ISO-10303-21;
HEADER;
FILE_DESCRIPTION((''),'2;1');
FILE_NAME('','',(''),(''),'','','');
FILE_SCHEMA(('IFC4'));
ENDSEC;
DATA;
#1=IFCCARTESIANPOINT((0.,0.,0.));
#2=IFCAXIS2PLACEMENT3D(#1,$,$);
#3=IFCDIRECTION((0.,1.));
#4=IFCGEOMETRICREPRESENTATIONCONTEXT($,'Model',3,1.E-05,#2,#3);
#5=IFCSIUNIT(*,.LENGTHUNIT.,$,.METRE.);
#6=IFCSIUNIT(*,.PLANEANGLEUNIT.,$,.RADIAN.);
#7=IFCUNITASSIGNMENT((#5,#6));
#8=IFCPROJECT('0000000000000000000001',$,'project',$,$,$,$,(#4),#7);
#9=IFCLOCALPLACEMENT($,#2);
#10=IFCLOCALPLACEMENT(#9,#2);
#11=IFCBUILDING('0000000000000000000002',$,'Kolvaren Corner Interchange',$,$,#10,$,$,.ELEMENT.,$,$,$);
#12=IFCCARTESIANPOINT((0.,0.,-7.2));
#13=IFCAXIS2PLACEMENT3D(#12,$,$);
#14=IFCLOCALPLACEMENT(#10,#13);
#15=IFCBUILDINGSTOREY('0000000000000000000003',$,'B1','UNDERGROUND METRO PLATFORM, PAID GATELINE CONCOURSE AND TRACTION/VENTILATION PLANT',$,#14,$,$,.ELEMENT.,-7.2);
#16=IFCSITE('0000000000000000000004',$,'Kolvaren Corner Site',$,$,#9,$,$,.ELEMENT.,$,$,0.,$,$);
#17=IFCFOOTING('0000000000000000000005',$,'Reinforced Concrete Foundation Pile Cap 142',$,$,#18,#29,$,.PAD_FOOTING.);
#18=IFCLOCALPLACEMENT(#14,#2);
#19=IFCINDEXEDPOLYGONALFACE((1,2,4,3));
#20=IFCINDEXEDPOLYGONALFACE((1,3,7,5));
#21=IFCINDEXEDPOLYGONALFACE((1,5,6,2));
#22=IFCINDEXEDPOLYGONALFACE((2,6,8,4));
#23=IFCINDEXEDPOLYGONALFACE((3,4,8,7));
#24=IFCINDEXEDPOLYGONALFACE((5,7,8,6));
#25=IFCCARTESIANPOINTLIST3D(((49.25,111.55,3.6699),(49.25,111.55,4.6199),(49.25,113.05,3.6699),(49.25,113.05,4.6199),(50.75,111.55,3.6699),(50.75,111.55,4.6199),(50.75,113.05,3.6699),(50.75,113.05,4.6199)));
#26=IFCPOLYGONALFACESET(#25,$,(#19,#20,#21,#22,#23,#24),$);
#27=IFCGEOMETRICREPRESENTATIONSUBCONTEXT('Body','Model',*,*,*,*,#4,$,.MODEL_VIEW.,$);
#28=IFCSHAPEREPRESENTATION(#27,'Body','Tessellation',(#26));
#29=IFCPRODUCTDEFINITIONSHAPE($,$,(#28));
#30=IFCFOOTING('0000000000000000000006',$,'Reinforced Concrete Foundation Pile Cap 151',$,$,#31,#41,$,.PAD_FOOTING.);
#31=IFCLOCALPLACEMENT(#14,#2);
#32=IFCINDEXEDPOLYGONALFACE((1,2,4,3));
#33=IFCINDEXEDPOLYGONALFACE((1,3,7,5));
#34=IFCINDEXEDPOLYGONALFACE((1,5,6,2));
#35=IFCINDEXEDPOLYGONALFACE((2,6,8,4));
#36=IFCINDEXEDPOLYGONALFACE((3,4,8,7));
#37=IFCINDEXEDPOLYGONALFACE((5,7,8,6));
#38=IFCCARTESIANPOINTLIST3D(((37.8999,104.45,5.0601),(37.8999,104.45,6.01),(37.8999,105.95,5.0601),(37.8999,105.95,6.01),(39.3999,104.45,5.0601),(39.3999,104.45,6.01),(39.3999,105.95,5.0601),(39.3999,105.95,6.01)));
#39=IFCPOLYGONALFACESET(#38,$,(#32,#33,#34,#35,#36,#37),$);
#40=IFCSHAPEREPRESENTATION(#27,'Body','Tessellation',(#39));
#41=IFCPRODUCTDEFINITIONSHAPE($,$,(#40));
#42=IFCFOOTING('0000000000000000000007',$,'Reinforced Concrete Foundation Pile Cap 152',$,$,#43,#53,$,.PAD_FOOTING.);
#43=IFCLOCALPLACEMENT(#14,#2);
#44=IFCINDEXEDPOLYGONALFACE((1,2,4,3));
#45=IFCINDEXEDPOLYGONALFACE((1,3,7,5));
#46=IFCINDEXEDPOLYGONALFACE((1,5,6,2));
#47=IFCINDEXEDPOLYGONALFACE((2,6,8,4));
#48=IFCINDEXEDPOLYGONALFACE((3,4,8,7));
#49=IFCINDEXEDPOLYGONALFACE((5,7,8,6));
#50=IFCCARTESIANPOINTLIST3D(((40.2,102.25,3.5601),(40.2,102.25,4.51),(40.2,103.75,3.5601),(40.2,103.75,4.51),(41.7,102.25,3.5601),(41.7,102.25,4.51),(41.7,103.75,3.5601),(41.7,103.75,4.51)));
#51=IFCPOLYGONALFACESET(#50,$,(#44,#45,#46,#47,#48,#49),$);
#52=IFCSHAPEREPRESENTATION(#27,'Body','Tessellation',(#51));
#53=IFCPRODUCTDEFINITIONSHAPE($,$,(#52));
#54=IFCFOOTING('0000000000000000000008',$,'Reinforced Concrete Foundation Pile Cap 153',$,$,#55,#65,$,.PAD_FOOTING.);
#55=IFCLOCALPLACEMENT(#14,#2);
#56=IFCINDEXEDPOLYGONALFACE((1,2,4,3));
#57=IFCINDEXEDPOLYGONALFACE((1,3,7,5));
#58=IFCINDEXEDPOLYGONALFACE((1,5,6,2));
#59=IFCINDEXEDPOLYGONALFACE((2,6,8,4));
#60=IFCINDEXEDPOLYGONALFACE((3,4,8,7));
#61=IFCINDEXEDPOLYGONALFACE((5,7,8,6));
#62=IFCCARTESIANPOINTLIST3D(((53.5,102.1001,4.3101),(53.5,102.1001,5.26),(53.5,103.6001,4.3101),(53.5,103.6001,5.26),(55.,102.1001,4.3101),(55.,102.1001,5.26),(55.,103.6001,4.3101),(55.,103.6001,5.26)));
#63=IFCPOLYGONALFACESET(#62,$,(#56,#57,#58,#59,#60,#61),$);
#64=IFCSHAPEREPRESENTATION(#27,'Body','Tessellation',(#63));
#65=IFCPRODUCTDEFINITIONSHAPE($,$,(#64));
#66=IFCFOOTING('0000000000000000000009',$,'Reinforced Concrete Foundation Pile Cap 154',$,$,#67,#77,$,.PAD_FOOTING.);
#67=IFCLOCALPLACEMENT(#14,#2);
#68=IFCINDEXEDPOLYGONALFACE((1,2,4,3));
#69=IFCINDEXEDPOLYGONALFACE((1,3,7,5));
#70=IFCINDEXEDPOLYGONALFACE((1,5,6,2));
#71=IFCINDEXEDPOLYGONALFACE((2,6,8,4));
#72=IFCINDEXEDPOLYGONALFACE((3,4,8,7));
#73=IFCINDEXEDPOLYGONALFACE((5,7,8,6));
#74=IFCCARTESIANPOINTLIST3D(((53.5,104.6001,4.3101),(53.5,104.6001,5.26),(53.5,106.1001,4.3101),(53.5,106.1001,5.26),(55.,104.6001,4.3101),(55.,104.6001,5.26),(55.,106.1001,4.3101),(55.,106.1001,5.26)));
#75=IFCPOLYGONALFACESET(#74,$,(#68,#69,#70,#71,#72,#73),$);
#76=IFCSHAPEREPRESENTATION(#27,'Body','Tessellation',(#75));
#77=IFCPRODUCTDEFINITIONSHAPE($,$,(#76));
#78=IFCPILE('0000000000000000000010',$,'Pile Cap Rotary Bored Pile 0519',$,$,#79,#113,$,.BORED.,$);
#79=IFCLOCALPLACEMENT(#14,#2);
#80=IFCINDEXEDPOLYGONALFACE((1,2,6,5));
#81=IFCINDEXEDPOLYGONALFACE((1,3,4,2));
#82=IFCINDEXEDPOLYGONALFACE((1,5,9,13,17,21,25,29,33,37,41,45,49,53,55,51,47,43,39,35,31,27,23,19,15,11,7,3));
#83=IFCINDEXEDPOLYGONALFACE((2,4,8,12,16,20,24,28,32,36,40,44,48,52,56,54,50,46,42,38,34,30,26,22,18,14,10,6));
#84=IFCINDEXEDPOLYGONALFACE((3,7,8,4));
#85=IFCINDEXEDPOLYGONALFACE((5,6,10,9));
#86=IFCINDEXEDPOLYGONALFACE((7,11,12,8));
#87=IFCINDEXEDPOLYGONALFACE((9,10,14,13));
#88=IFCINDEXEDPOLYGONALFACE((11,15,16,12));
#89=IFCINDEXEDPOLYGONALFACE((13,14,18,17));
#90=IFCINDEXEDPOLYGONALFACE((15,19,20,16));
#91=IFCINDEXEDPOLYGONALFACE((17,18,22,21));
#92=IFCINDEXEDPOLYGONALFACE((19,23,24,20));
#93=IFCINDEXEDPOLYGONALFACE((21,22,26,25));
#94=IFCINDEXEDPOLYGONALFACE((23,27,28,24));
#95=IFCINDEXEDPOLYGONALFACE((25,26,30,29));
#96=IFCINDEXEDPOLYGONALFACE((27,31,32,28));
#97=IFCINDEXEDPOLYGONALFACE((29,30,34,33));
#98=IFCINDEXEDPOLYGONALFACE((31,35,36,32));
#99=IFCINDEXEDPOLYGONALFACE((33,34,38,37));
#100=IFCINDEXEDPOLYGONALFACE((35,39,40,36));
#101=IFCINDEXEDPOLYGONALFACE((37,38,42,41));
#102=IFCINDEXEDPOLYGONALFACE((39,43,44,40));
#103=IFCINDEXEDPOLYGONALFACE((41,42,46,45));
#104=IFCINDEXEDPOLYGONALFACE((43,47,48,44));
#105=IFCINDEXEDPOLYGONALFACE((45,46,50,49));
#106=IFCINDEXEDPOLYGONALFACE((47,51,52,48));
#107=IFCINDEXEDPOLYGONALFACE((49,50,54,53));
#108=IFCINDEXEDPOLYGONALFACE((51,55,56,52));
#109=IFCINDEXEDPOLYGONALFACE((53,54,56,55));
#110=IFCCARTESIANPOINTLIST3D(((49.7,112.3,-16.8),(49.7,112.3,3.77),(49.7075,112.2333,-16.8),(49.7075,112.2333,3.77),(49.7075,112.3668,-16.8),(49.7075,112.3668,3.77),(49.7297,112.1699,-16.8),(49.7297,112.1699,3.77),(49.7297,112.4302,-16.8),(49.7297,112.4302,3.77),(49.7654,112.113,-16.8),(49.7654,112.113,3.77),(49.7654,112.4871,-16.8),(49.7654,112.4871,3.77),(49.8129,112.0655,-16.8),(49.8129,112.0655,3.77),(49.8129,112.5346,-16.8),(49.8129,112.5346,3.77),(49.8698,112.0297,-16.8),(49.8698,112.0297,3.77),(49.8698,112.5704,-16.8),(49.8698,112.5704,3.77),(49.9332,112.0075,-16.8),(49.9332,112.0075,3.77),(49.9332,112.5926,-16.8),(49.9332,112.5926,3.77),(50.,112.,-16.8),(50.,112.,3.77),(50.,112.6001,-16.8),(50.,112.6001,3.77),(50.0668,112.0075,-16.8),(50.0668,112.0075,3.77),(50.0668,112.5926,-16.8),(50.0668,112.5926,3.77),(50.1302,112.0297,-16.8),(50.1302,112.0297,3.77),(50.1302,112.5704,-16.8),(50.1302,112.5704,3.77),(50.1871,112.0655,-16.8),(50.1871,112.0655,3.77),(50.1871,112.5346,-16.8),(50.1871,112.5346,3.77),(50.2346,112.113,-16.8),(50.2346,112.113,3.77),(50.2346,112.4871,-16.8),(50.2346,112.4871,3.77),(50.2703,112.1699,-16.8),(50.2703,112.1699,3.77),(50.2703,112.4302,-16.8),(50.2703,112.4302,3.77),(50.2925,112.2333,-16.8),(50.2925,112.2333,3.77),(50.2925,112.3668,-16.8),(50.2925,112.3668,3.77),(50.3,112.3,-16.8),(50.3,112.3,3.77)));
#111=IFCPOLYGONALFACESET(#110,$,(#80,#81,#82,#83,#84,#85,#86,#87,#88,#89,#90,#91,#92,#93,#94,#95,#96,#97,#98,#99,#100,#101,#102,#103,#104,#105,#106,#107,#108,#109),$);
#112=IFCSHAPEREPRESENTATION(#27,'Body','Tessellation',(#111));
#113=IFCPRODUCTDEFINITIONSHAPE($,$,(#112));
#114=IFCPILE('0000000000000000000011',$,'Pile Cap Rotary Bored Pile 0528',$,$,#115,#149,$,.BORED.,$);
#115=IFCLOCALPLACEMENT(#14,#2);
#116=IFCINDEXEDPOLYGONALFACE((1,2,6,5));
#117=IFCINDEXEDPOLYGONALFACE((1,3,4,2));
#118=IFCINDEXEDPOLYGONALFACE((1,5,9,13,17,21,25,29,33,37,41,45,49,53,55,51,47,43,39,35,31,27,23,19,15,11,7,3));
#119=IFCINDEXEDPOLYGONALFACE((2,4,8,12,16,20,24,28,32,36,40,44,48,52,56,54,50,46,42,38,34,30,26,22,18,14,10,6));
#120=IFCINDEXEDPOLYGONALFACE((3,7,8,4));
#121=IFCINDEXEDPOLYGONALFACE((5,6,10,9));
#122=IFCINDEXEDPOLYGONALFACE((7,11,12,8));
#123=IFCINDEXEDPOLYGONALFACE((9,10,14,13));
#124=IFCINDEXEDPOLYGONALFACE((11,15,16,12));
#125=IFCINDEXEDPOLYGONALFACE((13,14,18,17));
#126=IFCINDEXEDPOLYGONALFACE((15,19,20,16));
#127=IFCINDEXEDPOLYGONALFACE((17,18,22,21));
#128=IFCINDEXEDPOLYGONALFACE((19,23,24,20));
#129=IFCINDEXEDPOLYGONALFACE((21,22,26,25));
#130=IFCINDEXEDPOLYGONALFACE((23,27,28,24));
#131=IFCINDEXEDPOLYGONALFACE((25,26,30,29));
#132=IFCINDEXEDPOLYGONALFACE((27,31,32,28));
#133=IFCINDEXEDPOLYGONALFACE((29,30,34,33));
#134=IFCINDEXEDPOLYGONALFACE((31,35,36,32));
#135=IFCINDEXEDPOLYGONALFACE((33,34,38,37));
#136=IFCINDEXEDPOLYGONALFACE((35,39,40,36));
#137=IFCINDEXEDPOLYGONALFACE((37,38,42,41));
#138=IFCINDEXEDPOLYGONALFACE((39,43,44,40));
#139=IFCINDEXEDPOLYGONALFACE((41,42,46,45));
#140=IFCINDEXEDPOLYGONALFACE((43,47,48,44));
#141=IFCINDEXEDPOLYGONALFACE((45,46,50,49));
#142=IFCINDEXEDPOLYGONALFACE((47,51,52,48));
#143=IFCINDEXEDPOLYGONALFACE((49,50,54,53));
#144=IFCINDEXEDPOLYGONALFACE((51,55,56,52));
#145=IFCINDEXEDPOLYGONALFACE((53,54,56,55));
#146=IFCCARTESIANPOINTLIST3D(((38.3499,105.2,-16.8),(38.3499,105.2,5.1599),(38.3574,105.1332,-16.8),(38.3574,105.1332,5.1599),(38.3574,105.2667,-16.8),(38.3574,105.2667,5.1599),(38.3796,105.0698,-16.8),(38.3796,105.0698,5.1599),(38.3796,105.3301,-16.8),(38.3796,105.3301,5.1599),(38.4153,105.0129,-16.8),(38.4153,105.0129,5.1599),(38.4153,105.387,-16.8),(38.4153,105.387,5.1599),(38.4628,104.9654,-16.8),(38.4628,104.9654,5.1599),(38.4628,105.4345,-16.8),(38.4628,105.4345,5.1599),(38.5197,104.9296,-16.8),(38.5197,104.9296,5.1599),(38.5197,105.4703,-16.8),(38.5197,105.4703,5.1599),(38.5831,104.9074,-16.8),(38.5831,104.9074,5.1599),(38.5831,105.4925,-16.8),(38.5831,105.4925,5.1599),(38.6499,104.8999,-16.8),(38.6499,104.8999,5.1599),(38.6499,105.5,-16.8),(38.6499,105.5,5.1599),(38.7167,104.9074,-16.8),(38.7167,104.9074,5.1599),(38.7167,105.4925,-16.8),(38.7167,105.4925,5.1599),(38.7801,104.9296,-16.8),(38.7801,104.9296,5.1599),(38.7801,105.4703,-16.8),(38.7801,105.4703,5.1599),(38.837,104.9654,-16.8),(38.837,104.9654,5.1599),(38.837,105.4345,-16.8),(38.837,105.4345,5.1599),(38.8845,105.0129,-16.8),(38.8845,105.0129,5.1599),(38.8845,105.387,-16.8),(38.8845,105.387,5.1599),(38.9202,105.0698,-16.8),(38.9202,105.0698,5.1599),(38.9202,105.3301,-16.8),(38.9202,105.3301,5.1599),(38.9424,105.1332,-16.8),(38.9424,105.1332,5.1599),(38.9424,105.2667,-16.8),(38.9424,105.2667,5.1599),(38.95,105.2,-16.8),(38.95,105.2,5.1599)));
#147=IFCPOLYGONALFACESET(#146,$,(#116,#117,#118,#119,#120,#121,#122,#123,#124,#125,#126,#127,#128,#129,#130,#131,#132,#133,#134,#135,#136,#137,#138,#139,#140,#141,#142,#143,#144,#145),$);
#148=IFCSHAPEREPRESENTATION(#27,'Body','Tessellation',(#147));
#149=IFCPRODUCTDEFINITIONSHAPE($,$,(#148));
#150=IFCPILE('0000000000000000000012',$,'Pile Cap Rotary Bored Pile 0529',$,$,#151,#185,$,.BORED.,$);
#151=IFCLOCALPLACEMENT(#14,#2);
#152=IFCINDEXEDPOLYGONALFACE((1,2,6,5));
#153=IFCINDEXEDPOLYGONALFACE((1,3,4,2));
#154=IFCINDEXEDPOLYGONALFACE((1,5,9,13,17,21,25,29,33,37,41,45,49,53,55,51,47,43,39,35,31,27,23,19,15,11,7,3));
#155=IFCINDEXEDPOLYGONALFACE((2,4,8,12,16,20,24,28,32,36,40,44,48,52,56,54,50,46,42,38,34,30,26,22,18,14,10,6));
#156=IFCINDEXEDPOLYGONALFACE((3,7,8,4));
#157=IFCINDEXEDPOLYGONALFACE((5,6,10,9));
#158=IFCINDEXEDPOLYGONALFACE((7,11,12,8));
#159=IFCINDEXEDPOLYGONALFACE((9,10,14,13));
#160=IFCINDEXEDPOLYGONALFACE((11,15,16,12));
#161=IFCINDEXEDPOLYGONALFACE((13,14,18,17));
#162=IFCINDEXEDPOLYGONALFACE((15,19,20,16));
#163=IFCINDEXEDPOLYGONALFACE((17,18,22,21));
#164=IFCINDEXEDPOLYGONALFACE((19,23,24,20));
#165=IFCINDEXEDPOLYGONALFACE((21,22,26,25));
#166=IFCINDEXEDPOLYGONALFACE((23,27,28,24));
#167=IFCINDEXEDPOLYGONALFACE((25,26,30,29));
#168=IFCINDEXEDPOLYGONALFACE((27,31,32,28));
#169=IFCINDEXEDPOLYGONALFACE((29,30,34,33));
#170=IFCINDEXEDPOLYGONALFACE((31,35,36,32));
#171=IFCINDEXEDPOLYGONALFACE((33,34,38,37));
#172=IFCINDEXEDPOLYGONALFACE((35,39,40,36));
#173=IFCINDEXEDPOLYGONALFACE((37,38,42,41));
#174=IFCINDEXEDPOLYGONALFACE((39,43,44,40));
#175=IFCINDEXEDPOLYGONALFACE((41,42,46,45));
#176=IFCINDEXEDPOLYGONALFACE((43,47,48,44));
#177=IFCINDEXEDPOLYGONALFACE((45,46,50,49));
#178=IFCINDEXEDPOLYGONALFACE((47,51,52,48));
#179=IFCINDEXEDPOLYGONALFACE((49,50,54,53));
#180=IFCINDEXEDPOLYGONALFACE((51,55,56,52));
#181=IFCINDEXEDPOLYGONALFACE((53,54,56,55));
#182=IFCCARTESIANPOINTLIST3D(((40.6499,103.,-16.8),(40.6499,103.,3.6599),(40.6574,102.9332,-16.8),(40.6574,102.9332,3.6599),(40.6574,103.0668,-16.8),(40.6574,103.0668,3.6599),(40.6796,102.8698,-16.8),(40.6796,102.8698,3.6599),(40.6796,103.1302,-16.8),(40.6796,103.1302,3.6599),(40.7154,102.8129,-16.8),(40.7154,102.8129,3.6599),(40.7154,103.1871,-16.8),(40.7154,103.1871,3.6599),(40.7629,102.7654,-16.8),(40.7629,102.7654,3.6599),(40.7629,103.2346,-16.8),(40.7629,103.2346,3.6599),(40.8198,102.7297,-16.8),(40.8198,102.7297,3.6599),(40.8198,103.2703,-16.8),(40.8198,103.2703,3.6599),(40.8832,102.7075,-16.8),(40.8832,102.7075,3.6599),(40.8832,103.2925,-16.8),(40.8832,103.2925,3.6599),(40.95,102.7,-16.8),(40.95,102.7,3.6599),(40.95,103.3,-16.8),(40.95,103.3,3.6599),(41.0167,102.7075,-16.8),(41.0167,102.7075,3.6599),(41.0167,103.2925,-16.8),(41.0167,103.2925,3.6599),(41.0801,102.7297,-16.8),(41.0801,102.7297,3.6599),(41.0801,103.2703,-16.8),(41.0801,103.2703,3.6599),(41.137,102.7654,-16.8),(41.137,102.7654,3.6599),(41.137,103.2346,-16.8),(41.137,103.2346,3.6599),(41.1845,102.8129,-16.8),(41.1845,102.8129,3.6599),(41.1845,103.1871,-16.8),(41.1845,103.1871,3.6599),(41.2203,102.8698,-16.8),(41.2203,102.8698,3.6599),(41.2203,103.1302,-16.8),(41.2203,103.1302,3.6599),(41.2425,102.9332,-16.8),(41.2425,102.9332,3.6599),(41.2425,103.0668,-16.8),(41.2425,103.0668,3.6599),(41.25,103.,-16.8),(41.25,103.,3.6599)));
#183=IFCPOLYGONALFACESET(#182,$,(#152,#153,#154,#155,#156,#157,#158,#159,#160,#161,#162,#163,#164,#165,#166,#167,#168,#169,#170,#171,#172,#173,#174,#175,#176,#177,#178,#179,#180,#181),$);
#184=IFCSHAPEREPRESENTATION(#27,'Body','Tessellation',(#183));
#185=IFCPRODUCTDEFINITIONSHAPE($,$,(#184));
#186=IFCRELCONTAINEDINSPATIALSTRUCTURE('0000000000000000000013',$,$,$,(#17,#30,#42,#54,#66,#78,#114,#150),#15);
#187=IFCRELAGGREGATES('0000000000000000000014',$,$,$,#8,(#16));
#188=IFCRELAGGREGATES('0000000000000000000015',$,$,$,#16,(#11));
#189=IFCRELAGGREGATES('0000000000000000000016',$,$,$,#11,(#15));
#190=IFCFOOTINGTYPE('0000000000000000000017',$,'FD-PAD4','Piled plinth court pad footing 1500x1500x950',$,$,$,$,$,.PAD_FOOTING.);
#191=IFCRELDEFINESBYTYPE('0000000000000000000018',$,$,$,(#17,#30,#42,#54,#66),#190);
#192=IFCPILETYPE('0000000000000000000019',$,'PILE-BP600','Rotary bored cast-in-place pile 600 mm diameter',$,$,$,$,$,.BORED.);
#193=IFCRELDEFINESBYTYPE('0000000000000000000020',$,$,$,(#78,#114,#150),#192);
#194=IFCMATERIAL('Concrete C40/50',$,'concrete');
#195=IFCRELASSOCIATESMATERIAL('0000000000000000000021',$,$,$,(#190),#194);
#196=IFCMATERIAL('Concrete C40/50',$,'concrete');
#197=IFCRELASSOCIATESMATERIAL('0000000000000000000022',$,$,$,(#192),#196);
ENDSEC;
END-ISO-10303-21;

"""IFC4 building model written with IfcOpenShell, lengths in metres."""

from ifc_helpers import new_model, si_unit, direction, frame, origin, origin_2d, place, context, subcontext, project, spatial, rectangle, circle, extrude, material, material_profile, profile_set, type_object, element, save


model = new_model("IFC4")

# Units and contexts
model_context = context("Model", 3, precision=1e-05, world=origin(), true_north=direction((0.0, 1.0)))
body_context = subcontext(model_context, "Body", "Model", "MODEL_VIEW")
ifc_project = project(units=[si_unit("LENGTHUNIT", "METRE"), si_unit("PLANEANGLEUNIT", "RADIAN")], contexts=[model_context])

# Site, building, storey
site_placement = place(None, origin())
site = spatial("IfcSite", under=ifc_project, at=site_placement, Name="Kolvaren Corner Site", CompositionType="ELEMENT", RefElevation=0.0)
building_placement = place(site_placement, origin())
building = spatial("IfcBuilding", under=site, at=building_placement, Name="Kolvaren Corner Interchange", CompositionType="ELEMENT")
storey_placement = place(building_placement, frame((0.0, 0.0, -7.2)))
storey = spatial("IfcBuildingStorey", under=building, at=storey_placement, Name="B1", Description="UNDERGROUND METRO PLATFORM, PAID GATELINE CONCOURSE AND TRACTION/VENTILATION PLANT", CompositionType="ELEMENT", Elevation=-7.2)

# Footings
ifc_material_1 = material(Name="Concrete C40/50", Category="concrete")
footing_type = type_object("IfcFootingType", Name="FD-PAD4", Description="Piled plinth court pad footing 1500x1500x950", PredefinedType="PAD_FOOTING", material=ifc_material_1)
for number, where, z_axis, x_axis, name in (
    (1, (50.0, 112.3, 3.6699), (0.0, 0.0, 1.0), (1.0, 0.0, 0.0), "Reinforced Concrete Foundation Pile Cap 142"),
    (2, (38.6499, 105.2, 5.0601), (0.0, 0.0, 1.0), (1.0, 0.0, 0.0), "Reinforced Concrete Foundation Pile Cap 151"),
    (3, (40.95, 103.0, 3.5601), (0.0, 0.0, 1.0), (1.0, 0.0, 0.0), "Reinforced Concrete Foundation Pile Cap 152"),
    (4, (54.25, 102.8501, 4.3101), (0.0, 0.0, 1.0), (1.0, 0.0, 0.0), "Reinforced Concrete Foundation Pile Cap 153"),
    (5, (54.25, 105.3501, 4.3101), (0.0, 0.0, 1.0), (1.0, 0.0, 0.0), "Reinforced Concrete Foundation Pile Cap 154"),
):
    element("IfcFooting", number, at=place(storey_placement, frame(where, z_axis=z_axis, x_axis=x_axis)), inside=storey, type_object=footing_type, Name=name, PredefinedType="PAD_FOOTING", context=body_context, shape_type="SweptSolid", body=[
        extrude(rectangle(XDim=1.5, YDim=1.5, at=origin_2d()), origin(), (0.0, 0.0, 1.0), 0.95),
    ])

# Piles
ifc_material_2 = material(Name="Concrete C40/50", Category="concrete")
ifc_material_profile_1 = material_profile(ifc_material_2, circle(Radius=0.3, at=origin_2d()), Name="BORED PILE 600")
ifc_profile_set_1 = profile_set([ifc_material_profile_1], Name="Concrete C40/50")
pile_type = type_object("IfcPileType", Name="PILE-BP600", Description="Rotary bored cast-in-place pile 600 mm diameter", PredefinedType="BORED", material=ifc_profile_set_1)
pile_1_placement = place(storey_placement, frame((50.0, 112.3, 3.77), z_axis=(0.0, 0.0, -1.0), x_axis=(1.0, 0.0, 0.0)))
element("IfcPile", 6, at=pile_1_placement, inside=storey, type_object=pile_type, Name="Pile Cap Rotary Bored Pile 0519", PredefinedType="BORED", context=body_context, shape_type="SweptSolid", body=[
    extrude(circle(Radius=0.3, at=origin_2d()), origin(), (0.0, 0.0, 1.0), 20.5701),
])
pile_2_placement = place(storey_placement, frame((38.6499, 105.2, 5.1599), z_axis=(0.0, 0.0, -1.0), x_axis=(1.0, 0.0, 0.0)))
element("IfcPile", 7, at=pile_2_placement, inside=storey, type_object=pile_type, Name="Pile Cap Rotary Bored Pile 0528", PredefinedType="BORED", context=body_context, shape_type="SweptSolid", body=[
    extrude(circle(Radius=0.3, at=origin_2d()), origin(), (0.0, 0.0, 1.0), 21.96),
])
pile_3_placement = place(storey_placement, frame((40.95, 103.0, 3.6599), z_axis=(0.0, 0.0, -1.0), x_axis=(1.0, 0.0, 0.0)))
element("IfcPile", 8, at=pile_3_placement, inside=storey, type_object=pile_type, Name="Pile Cap Rotary Bored Pile 0529", PredefinedType="BORED", context=body_context, shape_type="SweptSolid", body=[
    extrude(circle(Radius=0.3, at=origin_2d()), origin(), (0.0, 0.0, 1.0), 20.46),
])

save(model, "model.ifc")
